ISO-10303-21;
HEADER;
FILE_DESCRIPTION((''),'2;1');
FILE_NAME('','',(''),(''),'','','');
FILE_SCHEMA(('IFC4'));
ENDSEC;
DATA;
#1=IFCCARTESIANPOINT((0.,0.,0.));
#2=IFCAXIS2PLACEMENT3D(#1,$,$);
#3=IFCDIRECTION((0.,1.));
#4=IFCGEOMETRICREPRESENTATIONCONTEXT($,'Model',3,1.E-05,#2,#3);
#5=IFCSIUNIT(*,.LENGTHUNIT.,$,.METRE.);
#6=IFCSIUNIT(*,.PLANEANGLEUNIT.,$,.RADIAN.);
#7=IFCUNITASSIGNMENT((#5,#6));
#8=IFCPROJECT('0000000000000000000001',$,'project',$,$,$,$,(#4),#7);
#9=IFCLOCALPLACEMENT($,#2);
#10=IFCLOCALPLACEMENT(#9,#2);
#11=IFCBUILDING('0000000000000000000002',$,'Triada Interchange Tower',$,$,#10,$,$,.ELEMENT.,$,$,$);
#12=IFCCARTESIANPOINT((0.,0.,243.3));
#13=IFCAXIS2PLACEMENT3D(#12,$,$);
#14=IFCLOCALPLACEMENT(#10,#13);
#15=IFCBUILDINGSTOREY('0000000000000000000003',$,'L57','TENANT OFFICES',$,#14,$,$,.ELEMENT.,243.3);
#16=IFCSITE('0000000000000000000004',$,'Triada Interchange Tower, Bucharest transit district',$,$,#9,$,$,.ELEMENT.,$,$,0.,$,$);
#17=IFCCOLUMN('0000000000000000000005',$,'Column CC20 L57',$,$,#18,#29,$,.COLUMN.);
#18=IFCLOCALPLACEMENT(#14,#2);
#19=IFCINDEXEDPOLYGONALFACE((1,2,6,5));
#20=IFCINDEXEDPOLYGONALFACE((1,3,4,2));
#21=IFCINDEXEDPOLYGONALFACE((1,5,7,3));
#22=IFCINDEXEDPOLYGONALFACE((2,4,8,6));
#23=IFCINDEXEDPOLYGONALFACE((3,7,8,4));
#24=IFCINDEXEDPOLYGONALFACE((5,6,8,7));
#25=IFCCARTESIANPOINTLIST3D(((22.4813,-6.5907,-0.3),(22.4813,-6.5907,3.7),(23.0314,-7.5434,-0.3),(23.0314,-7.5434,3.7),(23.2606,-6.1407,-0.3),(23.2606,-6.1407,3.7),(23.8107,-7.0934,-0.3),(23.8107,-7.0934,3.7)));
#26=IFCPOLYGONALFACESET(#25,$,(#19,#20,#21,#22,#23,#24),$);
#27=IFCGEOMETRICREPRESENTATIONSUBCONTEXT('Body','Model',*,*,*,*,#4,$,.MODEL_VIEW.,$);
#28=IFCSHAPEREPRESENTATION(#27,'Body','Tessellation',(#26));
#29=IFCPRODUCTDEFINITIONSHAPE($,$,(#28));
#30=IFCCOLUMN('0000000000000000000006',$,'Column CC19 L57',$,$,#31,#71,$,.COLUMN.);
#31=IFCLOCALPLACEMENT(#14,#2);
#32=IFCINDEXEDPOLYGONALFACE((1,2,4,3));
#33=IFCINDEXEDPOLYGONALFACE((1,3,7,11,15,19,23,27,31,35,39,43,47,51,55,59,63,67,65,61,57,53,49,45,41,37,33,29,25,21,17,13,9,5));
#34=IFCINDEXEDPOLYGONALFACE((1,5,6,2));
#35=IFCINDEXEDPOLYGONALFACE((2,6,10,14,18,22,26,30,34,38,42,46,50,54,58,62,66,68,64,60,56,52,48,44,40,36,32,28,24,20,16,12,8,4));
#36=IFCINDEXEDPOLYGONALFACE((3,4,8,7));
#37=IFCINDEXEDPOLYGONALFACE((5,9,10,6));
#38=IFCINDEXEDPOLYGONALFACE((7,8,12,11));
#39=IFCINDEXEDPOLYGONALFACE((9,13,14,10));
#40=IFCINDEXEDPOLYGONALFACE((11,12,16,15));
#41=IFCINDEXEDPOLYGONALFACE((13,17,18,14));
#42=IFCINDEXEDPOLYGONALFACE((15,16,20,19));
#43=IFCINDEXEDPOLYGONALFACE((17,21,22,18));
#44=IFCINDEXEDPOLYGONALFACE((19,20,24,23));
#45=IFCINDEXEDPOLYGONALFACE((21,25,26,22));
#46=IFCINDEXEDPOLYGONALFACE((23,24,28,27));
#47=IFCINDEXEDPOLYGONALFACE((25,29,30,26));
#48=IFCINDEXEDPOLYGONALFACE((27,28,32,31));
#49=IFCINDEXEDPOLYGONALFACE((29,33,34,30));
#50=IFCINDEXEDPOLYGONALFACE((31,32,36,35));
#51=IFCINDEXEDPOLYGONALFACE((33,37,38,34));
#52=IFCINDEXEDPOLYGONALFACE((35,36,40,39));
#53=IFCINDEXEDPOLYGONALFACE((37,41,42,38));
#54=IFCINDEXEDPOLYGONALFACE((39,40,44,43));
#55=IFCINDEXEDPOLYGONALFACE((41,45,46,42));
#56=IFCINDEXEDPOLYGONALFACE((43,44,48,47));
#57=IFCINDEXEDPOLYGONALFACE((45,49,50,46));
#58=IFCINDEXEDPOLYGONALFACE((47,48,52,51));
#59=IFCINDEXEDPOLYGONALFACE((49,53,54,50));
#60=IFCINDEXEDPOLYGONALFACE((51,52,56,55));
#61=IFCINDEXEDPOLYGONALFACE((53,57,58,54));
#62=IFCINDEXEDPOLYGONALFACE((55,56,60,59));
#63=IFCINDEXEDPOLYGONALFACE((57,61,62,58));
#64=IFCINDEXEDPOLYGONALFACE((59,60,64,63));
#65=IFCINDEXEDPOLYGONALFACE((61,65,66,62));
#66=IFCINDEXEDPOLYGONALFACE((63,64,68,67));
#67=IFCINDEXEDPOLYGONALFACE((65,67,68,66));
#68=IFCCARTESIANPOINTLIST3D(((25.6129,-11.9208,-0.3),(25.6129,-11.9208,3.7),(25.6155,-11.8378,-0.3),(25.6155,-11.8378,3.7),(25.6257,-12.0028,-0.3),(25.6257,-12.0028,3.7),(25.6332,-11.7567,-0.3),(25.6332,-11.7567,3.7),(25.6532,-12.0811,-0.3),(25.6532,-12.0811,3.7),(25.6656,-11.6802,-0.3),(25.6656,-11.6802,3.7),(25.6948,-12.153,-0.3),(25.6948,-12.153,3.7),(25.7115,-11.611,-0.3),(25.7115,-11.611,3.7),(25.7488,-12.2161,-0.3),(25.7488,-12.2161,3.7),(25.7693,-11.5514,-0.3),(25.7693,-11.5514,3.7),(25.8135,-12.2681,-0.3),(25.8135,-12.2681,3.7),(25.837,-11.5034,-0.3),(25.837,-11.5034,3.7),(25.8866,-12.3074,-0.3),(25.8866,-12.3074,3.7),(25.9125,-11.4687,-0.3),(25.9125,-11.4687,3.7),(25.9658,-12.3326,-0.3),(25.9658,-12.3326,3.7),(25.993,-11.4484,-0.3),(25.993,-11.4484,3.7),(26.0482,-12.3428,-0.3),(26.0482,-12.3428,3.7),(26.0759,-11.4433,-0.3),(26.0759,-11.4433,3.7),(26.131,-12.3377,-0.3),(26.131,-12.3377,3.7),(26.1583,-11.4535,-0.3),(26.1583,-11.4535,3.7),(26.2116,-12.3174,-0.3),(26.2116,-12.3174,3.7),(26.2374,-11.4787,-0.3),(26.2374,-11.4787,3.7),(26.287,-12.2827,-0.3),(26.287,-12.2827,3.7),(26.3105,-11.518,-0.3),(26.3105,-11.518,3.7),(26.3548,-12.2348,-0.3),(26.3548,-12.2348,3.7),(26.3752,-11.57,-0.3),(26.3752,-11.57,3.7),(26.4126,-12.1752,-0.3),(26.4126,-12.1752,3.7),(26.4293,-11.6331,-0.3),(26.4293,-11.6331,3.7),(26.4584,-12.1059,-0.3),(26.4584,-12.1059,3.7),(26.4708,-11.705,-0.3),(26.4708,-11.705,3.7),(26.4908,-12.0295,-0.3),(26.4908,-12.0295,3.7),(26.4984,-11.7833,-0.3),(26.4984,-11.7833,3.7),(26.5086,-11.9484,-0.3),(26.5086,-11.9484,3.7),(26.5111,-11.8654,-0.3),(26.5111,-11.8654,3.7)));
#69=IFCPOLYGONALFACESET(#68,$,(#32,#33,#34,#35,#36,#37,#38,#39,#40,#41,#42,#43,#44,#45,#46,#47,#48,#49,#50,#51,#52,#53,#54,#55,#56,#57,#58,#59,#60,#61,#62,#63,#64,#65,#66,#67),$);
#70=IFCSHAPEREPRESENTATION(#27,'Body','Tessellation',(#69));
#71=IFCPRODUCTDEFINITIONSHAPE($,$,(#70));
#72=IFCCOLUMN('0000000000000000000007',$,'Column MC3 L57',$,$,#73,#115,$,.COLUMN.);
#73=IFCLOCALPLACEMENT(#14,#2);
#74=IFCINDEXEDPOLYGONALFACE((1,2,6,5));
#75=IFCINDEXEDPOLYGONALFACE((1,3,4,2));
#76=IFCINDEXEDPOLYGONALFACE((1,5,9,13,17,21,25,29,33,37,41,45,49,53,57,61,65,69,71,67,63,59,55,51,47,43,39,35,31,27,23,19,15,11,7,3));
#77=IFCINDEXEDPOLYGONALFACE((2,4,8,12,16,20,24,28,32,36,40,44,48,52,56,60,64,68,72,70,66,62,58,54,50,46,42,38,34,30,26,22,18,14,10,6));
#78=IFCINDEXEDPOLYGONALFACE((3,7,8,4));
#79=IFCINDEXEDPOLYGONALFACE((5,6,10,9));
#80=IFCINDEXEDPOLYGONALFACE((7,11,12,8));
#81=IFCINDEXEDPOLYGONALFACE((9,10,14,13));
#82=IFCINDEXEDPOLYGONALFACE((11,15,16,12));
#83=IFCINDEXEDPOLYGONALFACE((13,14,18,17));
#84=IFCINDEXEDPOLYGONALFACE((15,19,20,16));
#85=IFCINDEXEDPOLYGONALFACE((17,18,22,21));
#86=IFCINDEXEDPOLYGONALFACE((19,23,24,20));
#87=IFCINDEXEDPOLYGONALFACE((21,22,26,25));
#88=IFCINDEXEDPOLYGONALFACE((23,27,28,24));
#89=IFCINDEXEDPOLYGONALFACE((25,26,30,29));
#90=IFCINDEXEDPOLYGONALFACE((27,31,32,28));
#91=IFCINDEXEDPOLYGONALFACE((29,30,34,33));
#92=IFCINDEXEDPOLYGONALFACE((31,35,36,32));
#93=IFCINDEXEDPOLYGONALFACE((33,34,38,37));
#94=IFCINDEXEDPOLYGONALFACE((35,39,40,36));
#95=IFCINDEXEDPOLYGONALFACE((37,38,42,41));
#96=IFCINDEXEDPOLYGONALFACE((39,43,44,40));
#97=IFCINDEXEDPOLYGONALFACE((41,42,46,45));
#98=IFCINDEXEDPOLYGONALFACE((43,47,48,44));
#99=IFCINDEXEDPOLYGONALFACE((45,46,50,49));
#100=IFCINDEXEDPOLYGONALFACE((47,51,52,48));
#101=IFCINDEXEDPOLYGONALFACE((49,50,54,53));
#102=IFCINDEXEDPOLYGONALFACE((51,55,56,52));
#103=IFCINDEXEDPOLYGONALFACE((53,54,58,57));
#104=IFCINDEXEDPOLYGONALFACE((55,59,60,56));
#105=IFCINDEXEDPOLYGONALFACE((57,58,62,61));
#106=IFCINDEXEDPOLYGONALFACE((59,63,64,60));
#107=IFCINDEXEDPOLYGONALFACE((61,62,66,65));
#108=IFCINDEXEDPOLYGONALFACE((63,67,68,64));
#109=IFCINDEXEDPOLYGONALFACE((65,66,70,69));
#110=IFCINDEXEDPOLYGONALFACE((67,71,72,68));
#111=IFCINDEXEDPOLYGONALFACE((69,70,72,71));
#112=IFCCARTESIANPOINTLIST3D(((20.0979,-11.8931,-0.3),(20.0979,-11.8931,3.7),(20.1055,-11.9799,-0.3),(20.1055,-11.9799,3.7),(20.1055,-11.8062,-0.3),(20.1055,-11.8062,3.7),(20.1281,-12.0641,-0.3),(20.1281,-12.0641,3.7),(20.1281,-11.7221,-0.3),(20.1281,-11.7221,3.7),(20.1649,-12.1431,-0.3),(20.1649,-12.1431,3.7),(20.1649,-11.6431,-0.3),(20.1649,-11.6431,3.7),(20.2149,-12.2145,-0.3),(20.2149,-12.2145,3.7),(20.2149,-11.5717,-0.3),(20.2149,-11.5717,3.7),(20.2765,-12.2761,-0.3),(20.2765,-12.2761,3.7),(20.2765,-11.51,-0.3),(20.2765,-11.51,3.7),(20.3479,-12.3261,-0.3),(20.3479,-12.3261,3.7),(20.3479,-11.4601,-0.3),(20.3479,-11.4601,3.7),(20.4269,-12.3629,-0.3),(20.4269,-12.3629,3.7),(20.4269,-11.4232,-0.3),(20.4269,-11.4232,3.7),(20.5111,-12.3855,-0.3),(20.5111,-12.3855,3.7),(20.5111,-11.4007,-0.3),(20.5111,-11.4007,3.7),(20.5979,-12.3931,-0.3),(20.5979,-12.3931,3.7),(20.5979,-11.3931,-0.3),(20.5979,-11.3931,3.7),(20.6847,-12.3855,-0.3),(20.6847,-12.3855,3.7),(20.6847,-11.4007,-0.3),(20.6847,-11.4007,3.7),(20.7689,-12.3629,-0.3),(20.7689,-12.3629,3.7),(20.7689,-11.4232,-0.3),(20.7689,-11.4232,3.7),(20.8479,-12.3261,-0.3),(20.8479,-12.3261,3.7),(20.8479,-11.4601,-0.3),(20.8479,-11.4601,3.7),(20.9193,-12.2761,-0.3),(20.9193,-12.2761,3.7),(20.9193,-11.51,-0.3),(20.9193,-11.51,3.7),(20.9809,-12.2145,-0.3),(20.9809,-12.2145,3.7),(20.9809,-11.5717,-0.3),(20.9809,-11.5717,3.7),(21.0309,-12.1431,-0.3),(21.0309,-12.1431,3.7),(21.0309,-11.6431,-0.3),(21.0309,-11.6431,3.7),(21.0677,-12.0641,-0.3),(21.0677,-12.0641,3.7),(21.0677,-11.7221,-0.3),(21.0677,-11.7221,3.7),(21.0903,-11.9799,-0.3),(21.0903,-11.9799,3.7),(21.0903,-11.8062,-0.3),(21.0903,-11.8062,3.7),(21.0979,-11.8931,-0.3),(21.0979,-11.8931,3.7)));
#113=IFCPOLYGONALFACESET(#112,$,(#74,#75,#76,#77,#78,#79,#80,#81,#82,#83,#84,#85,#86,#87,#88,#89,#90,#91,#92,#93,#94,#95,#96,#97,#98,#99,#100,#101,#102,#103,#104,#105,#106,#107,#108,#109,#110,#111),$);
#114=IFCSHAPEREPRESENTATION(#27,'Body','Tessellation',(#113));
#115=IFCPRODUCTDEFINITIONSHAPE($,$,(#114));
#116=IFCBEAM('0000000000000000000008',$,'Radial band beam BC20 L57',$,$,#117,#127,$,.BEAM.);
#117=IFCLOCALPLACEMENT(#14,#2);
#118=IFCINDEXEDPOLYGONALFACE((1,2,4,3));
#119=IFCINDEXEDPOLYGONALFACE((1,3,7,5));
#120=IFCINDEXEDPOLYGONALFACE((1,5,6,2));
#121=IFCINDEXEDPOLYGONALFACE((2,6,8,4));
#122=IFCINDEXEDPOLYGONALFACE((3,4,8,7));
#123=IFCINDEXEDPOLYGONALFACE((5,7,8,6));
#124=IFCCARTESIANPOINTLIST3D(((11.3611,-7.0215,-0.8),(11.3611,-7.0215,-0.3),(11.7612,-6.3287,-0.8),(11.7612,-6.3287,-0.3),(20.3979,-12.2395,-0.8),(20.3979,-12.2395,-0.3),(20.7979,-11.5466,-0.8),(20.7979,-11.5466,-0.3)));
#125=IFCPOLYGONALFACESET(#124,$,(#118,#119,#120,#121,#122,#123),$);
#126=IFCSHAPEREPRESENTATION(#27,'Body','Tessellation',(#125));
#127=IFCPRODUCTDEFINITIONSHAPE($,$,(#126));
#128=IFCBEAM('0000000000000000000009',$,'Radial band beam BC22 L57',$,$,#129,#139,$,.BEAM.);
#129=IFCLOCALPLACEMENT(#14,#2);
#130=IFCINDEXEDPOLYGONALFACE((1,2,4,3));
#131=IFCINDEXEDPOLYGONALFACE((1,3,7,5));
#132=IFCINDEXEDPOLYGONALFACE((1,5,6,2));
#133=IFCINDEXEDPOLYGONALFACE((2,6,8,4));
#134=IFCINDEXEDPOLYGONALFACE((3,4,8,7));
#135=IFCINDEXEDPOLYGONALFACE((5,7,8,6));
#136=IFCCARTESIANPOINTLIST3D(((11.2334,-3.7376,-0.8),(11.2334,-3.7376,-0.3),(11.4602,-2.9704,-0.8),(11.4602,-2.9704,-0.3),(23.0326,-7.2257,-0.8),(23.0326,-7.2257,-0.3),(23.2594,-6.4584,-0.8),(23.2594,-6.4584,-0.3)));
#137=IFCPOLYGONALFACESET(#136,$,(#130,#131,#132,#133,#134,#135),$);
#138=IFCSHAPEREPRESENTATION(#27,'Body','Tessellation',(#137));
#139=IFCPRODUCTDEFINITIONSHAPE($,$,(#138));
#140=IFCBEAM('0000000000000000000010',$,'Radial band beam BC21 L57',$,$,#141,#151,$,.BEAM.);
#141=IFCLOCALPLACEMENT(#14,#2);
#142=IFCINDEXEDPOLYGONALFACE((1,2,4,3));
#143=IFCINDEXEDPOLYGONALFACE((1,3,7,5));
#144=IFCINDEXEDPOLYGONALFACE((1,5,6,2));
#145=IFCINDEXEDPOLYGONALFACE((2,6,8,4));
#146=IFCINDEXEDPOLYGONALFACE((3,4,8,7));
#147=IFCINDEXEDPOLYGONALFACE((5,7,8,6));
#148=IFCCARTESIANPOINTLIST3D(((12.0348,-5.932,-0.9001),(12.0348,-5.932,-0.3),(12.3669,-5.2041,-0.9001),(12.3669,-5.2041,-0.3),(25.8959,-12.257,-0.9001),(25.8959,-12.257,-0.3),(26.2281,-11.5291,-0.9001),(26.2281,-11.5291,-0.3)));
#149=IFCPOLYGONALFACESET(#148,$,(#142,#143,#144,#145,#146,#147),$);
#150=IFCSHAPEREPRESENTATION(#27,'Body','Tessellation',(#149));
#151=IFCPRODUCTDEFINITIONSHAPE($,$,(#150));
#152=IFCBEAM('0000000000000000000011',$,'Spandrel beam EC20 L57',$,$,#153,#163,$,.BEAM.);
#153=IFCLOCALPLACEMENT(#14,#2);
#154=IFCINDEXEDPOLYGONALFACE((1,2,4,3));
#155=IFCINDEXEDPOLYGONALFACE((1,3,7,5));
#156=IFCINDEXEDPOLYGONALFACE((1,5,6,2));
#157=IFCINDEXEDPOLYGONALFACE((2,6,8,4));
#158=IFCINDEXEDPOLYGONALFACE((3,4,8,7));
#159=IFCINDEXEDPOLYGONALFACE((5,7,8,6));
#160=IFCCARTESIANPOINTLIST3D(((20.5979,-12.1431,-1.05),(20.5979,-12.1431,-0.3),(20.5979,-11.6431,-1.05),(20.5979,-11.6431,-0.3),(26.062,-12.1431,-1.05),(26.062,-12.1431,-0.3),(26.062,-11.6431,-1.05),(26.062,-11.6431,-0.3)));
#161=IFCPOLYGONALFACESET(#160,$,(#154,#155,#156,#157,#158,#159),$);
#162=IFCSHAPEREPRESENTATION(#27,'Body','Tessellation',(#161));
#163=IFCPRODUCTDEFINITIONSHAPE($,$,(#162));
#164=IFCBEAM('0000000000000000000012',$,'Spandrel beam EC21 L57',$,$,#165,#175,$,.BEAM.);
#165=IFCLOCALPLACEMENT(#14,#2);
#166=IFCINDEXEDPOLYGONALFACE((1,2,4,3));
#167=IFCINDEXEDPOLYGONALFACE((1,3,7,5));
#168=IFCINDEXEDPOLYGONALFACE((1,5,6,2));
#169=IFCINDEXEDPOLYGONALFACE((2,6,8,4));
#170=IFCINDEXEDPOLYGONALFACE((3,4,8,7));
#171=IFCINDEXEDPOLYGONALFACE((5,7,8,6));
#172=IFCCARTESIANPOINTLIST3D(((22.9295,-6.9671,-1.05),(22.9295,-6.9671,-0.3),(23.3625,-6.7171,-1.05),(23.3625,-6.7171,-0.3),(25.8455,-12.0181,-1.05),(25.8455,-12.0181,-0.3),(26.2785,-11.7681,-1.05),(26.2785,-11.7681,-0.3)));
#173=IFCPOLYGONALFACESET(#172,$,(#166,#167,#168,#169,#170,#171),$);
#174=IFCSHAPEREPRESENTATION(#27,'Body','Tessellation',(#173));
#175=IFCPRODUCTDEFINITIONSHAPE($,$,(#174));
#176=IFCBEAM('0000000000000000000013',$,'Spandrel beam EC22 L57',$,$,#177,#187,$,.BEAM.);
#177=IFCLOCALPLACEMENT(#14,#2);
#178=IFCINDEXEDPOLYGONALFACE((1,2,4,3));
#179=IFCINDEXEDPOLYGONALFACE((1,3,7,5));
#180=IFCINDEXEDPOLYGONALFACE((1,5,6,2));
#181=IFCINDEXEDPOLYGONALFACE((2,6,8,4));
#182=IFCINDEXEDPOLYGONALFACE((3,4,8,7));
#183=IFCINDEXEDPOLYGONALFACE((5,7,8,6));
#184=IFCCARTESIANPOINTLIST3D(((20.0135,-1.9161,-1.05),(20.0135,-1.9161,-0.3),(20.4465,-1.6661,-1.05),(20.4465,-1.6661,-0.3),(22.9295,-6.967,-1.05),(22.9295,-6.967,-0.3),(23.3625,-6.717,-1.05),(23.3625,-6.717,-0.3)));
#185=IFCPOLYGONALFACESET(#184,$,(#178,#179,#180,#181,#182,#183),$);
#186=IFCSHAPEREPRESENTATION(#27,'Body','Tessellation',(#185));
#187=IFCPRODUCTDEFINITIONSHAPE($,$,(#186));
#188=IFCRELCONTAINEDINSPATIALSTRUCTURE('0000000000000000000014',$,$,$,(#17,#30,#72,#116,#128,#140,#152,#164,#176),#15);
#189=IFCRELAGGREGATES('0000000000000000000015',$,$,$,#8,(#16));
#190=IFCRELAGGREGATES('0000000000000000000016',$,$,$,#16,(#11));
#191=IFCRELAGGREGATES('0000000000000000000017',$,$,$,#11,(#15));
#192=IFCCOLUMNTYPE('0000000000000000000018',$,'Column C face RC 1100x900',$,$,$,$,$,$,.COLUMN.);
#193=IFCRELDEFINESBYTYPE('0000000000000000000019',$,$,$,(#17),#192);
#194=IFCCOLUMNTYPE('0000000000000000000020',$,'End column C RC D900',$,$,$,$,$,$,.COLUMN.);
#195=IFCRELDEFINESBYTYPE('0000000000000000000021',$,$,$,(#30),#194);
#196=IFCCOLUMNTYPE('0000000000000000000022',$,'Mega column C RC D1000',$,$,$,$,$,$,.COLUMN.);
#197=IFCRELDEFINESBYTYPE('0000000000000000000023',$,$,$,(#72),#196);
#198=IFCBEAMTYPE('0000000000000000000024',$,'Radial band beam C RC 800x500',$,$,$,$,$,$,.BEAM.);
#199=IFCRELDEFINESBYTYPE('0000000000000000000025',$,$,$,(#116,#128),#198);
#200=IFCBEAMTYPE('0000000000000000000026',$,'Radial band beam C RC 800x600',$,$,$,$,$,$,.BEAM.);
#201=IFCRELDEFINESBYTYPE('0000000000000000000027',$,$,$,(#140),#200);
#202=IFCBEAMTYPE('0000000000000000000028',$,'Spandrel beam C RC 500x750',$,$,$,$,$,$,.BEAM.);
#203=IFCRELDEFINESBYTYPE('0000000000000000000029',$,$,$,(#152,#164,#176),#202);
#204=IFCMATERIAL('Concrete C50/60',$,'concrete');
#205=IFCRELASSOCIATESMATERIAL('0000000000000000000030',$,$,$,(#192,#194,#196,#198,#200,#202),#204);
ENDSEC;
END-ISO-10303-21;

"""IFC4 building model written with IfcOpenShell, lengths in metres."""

from ifc_helpers import new_model, si_unit, direction, frame, origin, origin_2d, place, context, subcontext, project, spatial, rectangle, circle, extrude, material, material_profile, profile_set, type_object, element, save


model = new_model("IFC4")

# Units and contexts
model_context = context("Model", 3, precision=1e-05, world=origin(), true_north=direction((0.0, 1.0)))
body_context = subcontext(model_context, "Body", "Model", "MODEL_VIEW")
ifc_project = project(units=[si_unit("LENGTHUNIT", "METRE"), si_unit("PLANEANGLEUNIT", "RADIAN")], contexts=[model_context])

# Site, building, storey
site_placement = place(None, origin())
site = spatial("IfcSite", under=ifc_project, at=site_placement, Name="Triada Interchange Tower, Bucharest transit district", CompositionType="ELEMENT", RefElevation=0.0)
building_placement = place(site_placement, origin())
building = spatial("IfcBuilding", under=site, at=building_placement, Name="Triada Interchange Tower", CompositionType="ELEMENT")
storey_placement = place(building_placement, frame((0.0, 0.0, 243.3)))
storey = spatial("IfcBuildingStorey", under=building, at=storey_placement, Name="L57", Description="TENANT OFFICES", CompositionType="ELEMENT", Elevation=243.3)

# Columns
ifc_material_1 = material(Name="Concrete C50/60", Category="concrete")
ifc_material_profile_1 = material_profile(ifc_material_1, rectangle(XDim=1.1001, YDim=0.8999, at=origin_2d()), Name="RC 1100x900")
ifc_profile_set_1 = profile_set([ifc_material_profile_1], Name="Concrete C50/60")
column_type_1 = type_object("IfcColumnType", Name="Column C face RC 1100x900", PredefinedType="COLUMN", material=ifc_profile_set_1)
column_1_placement = place(storey_placement, frame((23.146, -6.842, -0.3), z_axis=(0.0, 0.0, 1.0), x_axis=(-0.5, 0.866025, 0.0)))
element("IfcColumn", 1, at=column_1_placement, inside=storey, type_object=column_type_1, Name="Column CC20 L57", PredefinedType="COLUMN", context=body_context, shape_type="SweptSolid", body=[
    extrude(rectangle(XDim=1.1001, YDim=0.8999, at=origin_2d()), origin(), (0.0, 0.0, 1.0), 4.0),
])
ifc_material_profile_2 = material_profile(ifc_material_1, circle(Radius=0.45, at=origin_2d()), Name="RC D900")
ifc_profile_set_2 = profile_set([ifc_material_profile_2], Name="Concrete C50/60")
column_type_2 = type_object("IfcColumnType", Name="End column C RC D900", PredefinedType="COLUMN", material=ifc_profile_set_2)
column_2_placement = place(storey_placement, frame((26.062, -11.8931, -0.3), z_axis=(0.0, 0.0, 1.0), x_axis=(-0.5, 0.866025, 0.0)))
element("IfcColumn", 2, at=column_2_placement, inside=storey, type_object=column_type_2, Name="Column CC19 L57", PredefinedType="COLUMN", context=body_context, shape_type="SweptSolid", body=[
    extrude(circle(Radius=0.45, at=origin_2d()), origin(), (0.0, 0.0, 1.0), 4.0),
])
ifc_material_profile_3 = material_profile(ifc_material_1, circle(Radius=0.5, at=origin_2d()), Name="RC D1000")
ifc_profile_set_3 = profile_set([ifc_material_profile_3], Name="Concrete C50/60")
column_type_3 = type_object("IfcColumnType", Name="Mega column C RC D1000", PredefinedType="COLUMN", material=ifc_profile_set_3)
column_3_placement = place(storey_placement, frame((20.5979, -11.8931, -0.3), z_axis=(0.0, 0.0, 1.0), x_axis=(1.0, 0.0, 0.0)))
element("IfcColumn", 3, at=column_3_placement, inside=storey, type_object=column_type_3, Name="Column MC3 L57", PredefinedType="COLUMN", context=body_context, shape_type="SweptSolid", body=[
    extrude(circle(Radius=0.5, at=origin_2d()), origin(), (0.0, 0.0, 1.0), 4.0),
])

# Beams
ifc_material_profile_4 = material_profile(ifc_material_1, rectangle(XDim=0.8, YDim=0.5, at=origin_2d()), Name="RC 800x500")
ifc_profile_set_4 = profile_set([ifc_material_profile_4], Name="Concrete C50/60")
beam_type_1 = type_object("IfcBeamType", Name="Radial band beam C RC 800x500", PredefinedType="BEAM", material=ifc_profile_set_4)
beam_1_placement = place(storey_placement, frame((20.5979, -11.8931, -0.55), z_axis=(-0.866001, 0.500042, 0.0), x_axis=(-0.500042, -0.866001, 0.0)))
element("IfcBeam", 4, at=beam_1_placement, inside=storey, type_object=beam_type_1, Name="Radial band beam BC20 L57", PredefinedType="BEAM", context=body_context, shape_type="SweptSolid", body=[
    extrude(rectangle(XDim=0.8, YDim=0.5, at=origin_2d()), origin(), (0.0, 0.0, 1.0), 10.4351),
])
beam_2_placement = place(storey_placement, frame((23.146, -6.842, -0.55), z_axis=(-0.958975, 0.283492, 0.0), x_axis=(-0.283492, -0.958975, 0.0)))
element("IfcBeam", 5, at=beam_2_placement, inside=storey, type_object=beam_type_1, Name="Radial band beam BC22 L57", PredefinedType="BEAM", context=body_context, shape_type="SweptSolid", body=[
    extrude(rectangle(XDim=0.8, YDim=0.5, at=origin_2d()), origin(), (0.0, 0.0, 1.0), 12.304),
])
ifc_material_profile_5 = material_profile(ifc_material_1, rectangle(XDim=0.8, YDim=0.6001, at=origin_2d()), Name="RC 800x600")
ifc_profile_set_5 = profile_set([ifc_material_profile_5], Name="Concrete C50/60")
beam_type_2 = type_object("IfcBeamType", Name="Radial band beam C RC 800x600", PredefinedType="BEAM", material=ifc_profile_set_5)
beam_3_placement = place(storey_placement, frame((26.062, -11.8931, -0.6001), z_axis=(-0.909761, 0.415133, 0.0), x_axis=(-0.415133, -0.909761, 0.0)))
element("IfcBeam", 6, at=beam_3_placement, inside=storey, type_object=beam_type_2, Name="Radial band beam BC21 L57", PredefinedType="BEAM", context=body_context, shape_type="SweptSolid", body=[
    extrude(rectangle(XDim=0.8, YDim=0.6001, at=origin_2d()), origin(), (0.0, 0.0, 1.0), 15.2361),
])
ifc_material_profile_6 = material_profile(ifc_material_1, rectangle(XDim=0.5, YDim=0.75, at=origin_2d()), Name="RC 500x750")
ifc_profile_set_6 = profile_set([ifc_material_profile_6], Name="Concrete C50/60")
beam_type_3 = type_object("IfcBeamType", Name="Spandrel beam C RC 500x750", PredefinedType="BEAM", material=ifc_profile_set_6)
beam_4_placement = place(storey_placement, frame((20.5979, -11.8931, -0.675), z_axis=(1.0, 0.0, 0.0), x_axis=(0.0, 1.0, 0.0)))
element("IfcBeam", 7, at=beam_4_placement, inside=storey, type_object=beam_type_3, Name="Spandrel beam EC20 L57", PredefinedType="BEAM", context=body_context, shape_type="SweptSolid", body=[
    extrude(rectangle(XDim=0.5, YDim=0.75, at=origin_2d()), origin(), (0.0, 0.0, 1.0), 5.4641),
])
for number, where, z_axis, x_axis, name in (
    (8, (26.062, -11.8931, -0.675), (-0.499975, 0.86604, 0.0), (-0.86604, -0.499975, 0.0), "Spandrel beam EC21 L57"),
    (9, (23.146, -6.842, -0.675), (-0.499975, 0.86604, 0.0), (-0.86604, -0.499975, 0.0), "Spandrel beam EC22 L57"),
):
    element("IfcBeam", number, at=place(storey_placement, frame(where, z_axis=z_axis, x_axis=x_axis)), inside=storey, type_object=beam_type_3, Name=name, PredefinedType="BEAM", context=body_context, shape_type="SweptSolid", body=[
        extrude(rectangle(XDim=0.5, YDim=0.75, at=origin_2d()), origin(), (0.0, 0.0, 1.0), 5.8323),
    ])

save(model, "model.ifc")
